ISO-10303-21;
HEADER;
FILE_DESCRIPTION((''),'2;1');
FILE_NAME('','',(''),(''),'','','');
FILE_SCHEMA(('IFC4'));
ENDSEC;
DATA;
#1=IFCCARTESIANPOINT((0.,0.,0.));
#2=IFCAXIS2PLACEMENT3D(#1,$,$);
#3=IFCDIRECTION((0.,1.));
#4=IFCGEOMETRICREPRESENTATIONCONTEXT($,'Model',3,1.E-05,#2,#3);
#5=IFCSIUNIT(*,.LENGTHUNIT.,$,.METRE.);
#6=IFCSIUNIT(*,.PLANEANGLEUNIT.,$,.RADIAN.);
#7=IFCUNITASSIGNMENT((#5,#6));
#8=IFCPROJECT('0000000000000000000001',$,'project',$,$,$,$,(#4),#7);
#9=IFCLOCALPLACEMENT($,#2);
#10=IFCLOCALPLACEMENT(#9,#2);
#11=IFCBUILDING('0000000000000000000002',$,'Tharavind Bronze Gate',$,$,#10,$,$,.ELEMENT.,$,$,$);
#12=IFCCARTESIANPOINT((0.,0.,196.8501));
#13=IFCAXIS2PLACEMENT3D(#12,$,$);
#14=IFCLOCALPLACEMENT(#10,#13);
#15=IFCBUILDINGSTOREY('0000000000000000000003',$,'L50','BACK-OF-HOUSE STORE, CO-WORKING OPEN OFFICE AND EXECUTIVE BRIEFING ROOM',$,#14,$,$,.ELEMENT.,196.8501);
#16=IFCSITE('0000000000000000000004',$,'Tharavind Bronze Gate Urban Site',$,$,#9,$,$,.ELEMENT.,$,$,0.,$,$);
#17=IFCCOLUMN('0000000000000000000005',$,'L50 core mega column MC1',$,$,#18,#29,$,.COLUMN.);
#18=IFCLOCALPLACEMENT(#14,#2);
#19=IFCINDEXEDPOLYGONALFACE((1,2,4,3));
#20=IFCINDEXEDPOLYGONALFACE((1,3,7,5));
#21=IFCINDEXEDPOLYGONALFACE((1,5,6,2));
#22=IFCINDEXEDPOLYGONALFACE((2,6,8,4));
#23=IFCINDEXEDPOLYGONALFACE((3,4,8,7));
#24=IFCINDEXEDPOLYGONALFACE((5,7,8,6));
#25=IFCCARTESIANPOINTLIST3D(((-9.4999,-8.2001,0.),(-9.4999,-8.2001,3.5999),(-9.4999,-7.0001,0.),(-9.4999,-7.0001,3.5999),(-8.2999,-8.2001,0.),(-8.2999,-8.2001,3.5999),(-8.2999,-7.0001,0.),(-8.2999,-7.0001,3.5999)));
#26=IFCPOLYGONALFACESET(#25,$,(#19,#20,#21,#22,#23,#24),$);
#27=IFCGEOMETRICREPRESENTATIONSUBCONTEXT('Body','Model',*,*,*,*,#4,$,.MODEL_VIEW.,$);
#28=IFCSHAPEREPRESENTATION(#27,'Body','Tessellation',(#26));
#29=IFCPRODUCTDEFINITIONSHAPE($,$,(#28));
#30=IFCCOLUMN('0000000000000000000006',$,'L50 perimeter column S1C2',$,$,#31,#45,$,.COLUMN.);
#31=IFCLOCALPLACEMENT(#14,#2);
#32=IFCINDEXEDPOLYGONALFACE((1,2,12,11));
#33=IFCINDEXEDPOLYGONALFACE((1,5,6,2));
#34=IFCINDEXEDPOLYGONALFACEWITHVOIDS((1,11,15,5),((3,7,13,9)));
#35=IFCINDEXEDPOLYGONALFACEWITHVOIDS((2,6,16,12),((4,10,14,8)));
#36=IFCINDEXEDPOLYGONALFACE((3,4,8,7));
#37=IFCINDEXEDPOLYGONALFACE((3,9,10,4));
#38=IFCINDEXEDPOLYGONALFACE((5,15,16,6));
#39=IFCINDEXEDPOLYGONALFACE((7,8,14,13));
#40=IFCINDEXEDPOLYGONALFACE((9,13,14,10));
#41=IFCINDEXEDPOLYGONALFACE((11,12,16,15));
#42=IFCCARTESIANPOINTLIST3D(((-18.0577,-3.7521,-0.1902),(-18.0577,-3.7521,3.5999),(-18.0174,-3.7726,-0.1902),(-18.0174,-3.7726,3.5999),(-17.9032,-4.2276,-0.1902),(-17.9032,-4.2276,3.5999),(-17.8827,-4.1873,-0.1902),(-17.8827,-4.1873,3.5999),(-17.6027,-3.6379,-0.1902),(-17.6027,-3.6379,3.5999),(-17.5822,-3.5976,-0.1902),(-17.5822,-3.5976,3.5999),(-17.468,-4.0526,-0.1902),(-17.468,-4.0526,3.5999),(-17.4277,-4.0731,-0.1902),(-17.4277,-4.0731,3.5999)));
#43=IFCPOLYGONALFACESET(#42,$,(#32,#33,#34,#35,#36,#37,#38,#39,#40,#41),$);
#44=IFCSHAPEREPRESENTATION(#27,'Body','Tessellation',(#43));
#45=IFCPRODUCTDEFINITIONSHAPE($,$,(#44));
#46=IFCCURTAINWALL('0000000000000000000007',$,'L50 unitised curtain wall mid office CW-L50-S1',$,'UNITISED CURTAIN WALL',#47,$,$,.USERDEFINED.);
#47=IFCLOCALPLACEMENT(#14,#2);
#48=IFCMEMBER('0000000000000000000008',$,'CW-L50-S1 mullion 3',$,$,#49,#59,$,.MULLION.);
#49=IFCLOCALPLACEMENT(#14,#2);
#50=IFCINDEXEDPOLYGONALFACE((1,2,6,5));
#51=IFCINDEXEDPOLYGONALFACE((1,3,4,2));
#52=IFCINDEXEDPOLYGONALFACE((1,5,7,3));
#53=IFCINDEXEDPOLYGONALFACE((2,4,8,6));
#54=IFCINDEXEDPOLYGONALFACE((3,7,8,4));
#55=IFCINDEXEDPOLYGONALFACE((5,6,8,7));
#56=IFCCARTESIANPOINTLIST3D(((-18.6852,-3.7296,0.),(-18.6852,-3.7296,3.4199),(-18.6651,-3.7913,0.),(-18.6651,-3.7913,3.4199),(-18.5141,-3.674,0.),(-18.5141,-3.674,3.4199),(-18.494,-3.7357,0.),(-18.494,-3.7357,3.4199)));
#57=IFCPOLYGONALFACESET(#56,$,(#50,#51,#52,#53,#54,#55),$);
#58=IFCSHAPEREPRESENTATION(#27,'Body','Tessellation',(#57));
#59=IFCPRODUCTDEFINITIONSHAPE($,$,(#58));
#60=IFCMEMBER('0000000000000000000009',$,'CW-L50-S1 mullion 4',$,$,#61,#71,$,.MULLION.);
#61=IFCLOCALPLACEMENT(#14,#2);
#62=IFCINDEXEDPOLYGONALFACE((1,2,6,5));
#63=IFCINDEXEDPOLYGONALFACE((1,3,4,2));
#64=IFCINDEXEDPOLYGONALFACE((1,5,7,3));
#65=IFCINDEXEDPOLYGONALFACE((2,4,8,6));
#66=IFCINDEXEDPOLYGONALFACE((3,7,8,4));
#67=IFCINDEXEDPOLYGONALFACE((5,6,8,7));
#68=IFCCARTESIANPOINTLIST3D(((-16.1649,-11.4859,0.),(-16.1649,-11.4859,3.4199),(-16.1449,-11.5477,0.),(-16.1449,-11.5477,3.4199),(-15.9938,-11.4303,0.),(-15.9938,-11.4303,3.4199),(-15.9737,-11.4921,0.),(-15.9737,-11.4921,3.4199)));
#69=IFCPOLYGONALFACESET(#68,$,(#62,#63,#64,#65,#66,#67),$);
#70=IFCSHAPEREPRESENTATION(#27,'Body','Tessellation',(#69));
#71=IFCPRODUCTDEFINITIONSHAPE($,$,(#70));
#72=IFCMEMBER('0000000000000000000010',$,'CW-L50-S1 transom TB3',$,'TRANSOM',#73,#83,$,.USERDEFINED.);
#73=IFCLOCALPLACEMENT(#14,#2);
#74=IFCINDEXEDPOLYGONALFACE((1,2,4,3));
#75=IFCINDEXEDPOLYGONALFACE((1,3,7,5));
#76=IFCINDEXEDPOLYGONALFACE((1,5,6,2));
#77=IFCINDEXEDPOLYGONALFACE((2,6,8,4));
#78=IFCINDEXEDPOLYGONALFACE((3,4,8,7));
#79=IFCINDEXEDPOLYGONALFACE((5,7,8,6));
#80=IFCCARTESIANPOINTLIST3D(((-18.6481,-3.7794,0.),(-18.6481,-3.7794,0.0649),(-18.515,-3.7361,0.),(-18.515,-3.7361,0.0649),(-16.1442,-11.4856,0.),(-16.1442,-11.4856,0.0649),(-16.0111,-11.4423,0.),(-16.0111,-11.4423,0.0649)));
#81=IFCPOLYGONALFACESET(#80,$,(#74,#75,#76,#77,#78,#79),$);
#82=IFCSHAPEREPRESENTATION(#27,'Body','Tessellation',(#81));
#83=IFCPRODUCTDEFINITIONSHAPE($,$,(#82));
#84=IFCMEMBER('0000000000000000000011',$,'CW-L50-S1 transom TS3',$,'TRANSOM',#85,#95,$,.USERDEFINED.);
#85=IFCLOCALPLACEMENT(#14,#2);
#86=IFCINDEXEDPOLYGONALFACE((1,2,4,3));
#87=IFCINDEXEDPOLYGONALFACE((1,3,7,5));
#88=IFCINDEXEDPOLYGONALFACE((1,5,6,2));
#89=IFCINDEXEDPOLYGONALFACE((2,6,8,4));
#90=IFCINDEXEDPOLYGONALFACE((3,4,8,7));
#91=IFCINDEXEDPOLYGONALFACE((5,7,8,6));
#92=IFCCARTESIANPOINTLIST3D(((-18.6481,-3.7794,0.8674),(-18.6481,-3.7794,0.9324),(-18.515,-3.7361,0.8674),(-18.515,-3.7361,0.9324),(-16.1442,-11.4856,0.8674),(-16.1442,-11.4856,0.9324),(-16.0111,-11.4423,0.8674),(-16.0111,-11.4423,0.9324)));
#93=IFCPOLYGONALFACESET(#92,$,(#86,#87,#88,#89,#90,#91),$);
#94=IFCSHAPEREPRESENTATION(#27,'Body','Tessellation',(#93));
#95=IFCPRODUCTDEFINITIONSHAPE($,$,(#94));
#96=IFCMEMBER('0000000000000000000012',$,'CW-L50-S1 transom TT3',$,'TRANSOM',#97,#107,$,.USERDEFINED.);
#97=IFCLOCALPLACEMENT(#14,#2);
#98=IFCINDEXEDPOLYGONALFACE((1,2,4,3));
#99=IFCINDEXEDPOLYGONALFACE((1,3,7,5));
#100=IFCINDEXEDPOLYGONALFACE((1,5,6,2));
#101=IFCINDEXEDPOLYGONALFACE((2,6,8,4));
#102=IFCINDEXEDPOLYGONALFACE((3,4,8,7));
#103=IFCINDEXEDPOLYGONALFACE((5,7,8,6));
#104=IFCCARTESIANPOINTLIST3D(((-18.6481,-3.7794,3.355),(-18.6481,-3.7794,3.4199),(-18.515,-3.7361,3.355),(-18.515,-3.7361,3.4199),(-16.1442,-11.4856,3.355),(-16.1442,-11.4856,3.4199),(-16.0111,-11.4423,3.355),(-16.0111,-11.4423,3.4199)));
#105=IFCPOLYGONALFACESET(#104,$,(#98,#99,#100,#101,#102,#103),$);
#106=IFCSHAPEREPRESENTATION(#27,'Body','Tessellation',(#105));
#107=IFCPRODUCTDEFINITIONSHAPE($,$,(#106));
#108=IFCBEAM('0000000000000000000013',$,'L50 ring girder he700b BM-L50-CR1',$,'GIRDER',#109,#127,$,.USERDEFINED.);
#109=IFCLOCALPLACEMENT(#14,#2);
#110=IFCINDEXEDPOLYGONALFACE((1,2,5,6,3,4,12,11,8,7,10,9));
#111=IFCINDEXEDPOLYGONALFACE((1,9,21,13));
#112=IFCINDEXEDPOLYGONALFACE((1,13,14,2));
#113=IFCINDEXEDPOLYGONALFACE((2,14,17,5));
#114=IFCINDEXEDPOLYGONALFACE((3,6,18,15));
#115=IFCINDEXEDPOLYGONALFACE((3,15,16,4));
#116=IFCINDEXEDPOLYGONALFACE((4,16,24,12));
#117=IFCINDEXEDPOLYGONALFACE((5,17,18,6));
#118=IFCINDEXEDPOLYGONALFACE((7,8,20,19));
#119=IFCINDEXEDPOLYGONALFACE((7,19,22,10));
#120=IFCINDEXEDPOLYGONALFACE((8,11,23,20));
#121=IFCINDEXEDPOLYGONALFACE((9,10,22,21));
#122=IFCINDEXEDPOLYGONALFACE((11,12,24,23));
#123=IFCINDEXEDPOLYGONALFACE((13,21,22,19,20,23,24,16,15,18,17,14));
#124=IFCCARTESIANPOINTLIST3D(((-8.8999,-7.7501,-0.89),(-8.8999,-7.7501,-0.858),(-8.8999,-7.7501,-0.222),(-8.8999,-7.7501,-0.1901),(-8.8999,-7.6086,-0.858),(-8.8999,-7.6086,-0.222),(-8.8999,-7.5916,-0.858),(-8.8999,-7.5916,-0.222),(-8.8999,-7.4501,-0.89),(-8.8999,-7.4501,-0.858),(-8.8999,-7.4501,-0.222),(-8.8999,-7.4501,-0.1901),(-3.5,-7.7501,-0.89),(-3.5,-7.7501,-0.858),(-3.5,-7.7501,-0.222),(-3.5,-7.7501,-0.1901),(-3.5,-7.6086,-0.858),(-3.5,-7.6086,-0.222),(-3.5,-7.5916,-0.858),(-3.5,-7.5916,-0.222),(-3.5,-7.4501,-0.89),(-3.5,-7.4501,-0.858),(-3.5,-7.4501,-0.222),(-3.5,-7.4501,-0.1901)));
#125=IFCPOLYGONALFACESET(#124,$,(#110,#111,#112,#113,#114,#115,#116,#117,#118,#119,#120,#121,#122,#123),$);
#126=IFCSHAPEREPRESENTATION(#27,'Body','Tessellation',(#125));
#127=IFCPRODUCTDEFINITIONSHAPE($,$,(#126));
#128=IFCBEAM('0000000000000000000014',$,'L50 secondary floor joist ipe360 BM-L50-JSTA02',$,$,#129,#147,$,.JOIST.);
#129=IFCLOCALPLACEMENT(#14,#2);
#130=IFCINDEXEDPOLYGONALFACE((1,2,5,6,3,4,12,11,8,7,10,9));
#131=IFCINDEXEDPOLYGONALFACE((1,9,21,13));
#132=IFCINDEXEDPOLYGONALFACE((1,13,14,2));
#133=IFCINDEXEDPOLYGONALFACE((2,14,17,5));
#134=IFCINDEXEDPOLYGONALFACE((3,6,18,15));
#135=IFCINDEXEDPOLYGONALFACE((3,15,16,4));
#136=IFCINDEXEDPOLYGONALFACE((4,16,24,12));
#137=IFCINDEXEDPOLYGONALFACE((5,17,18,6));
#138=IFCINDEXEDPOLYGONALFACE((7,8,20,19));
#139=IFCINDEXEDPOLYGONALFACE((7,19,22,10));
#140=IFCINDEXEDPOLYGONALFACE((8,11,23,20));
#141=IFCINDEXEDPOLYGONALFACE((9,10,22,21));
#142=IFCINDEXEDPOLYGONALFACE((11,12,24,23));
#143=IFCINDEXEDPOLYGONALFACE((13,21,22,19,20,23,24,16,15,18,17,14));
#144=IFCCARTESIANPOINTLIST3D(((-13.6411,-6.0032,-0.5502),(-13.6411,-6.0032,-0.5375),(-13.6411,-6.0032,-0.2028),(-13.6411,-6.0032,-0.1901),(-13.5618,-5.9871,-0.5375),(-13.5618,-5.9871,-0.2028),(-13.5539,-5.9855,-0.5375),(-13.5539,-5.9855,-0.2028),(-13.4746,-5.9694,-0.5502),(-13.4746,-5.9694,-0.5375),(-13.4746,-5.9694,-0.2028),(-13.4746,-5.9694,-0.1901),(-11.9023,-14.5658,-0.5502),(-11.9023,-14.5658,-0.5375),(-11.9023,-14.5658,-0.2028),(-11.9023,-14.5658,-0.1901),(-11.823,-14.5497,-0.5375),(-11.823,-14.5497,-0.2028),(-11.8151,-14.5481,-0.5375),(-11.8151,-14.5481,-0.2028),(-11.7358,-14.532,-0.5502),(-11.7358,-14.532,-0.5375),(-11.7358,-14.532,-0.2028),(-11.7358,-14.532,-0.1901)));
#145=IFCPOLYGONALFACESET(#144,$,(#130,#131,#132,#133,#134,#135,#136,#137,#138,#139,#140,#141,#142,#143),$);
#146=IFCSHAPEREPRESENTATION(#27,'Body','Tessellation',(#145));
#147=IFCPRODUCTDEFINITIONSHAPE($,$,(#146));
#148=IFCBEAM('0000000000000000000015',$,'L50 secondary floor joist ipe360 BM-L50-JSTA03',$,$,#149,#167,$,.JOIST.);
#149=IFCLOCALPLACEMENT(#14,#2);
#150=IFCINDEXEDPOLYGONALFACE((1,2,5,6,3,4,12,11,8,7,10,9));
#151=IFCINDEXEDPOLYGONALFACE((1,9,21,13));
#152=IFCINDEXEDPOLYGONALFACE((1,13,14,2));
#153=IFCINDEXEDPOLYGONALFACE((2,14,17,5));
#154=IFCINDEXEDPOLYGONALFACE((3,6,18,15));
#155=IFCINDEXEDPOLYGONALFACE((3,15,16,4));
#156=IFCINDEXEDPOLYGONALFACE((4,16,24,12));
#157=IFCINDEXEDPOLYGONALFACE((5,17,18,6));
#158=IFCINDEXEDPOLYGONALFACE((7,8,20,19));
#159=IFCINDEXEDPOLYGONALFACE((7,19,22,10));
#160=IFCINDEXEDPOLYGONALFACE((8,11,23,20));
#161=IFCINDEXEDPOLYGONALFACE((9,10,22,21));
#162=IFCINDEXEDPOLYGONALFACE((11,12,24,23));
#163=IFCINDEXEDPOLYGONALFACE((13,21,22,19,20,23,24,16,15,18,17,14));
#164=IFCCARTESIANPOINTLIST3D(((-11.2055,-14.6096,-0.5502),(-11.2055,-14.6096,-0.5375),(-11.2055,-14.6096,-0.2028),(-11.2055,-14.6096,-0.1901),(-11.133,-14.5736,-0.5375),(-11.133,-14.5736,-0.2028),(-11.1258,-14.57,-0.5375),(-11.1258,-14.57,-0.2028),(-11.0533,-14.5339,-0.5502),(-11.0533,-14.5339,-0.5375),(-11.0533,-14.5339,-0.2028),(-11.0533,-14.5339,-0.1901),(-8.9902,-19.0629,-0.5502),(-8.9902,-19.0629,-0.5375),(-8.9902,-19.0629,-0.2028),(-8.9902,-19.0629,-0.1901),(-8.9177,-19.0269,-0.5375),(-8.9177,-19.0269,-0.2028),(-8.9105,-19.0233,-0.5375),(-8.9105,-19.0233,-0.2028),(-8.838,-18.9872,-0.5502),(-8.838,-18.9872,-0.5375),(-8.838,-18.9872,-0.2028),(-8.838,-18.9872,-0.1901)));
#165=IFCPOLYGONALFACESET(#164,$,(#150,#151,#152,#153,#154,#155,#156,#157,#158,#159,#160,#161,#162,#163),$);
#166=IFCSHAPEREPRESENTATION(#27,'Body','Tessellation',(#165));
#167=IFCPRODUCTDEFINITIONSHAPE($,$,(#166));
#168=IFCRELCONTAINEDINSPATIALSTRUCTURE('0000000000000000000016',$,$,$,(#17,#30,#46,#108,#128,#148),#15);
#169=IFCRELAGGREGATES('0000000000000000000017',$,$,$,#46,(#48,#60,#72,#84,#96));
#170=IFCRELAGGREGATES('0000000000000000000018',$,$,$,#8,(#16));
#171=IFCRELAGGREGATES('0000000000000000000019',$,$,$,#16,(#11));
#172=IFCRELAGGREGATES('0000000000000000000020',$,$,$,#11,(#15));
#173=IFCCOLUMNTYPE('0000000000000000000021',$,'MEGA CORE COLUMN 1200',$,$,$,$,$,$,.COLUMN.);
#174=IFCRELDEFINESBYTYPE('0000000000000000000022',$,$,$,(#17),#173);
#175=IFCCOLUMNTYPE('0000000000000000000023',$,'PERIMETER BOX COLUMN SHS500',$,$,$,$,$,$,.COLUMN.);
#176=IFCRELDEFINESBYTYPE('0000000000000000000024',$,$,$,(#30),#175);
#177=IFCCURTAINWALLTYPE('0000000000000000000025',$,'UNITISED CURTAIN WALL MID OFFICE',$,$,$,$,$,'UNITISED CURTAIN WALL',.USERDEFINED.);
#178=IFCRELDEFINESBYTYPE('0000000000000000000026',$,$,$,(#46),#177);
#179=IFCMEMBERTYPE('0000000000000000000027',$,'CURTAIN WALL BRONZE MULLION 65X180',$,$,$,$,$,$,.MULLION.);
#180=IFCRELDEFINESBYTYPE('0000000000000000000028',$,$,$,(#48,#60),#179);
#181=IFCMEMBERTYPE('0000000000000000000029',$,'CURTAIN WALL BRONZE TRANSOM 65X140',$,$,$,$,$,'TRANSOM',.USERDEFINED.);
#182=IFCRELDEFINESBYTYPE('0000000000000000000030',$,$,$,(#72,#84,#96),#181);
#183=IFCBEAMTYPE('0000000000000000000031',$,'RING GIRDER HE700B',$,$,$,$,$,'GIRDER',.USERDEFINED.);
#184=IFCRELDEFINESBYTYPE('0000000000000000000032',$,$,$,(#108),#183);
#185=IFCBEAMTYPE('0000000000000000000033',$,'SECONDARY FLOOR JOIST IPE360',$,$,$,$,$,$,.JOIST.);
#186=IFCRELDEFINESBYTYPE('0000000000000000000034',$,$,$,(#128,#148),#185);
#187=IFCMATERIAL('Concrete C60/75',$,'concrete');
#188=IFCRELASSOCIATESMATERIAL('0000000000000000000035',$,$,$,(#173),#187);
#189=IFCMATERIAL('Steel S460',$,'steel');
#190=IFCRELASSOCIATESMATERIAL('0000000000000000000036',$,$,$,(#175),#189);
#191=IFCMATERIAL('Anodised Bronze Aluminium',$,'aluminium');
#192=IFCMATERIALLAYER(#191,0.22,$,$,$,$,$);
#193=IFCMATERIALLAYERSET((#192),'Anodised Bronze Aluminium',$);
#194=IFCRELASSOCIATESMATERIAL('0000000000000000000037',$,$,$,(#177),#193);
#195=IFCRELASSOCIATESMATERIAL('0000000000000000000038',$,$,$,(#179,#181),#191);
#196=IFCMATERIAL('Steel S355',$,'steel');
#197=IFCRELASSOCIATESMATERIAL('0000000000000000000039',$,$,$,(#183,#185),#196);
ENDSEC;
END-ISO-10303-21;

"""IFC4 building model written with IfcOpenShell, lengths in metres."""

from ifc_helpers import new_model, si_unit, direction, frame, origin, origin_2d, place, context, subcontext, project, spatial, rectangle, hollow_rectangle, i_section, extrude, material, layer, layer_set, material_profile, profile_set, type_object, element, aggregate, save


model = new_model("IFC4")

# Units and contexts
model_context = context("Model", 3, precision=1e-05, world=origin(), true_north=direction((0.0, 1.0)))
body_context = subcontext(model_context, "Body", "Model", "MODEL_VIEW")
ifc_project = project(units=[si_unit("LENGTHUNIT", "METRE"), si_unit("PLANEANGLEUNIT", "RADIAN")], contexts=[model_context])

# Site, building, storey
site_placement = place(None, origin())
site = spatial("IfcSite", under=ifc_project, at=site_placement, Name="Tharavind Bronze Gate Urban Site", CompositionType="ELEMENT", RefElevation=0.0)
building_placement = place(site_placement, origin())
building = spatial("IfcBuilding", under=site, at=building_placement, Name="Tharavind Bronze Gate", CompositionType="ELEMENT")
storey_placement = place(building_placement, frame((0.0, 0.0, 196.8501)))
storey = spatial("IfcBuildingStorey", under=building, at=storey_placement, Name="L50", Description="BACK-OF-HOUSE STORE, CO-WORKING OPEN OFFICE AND EXECUTIVE BRIEFING ROOM", CompositionType="ELEMENT", Elevation=196.8501)

# Columns
ifc_material_1 = material(Name="Concrete C60/75", Category="concrete")
ifc_material_profile_1 = material_profile(ifc_material_1, rectangle(XDim=1.2, YDim=1.2, at=origin_2d()), Name="RCCOL1200")
ifc_profile_set_1 = profile_set([ifc_material_profile_1], Name="Concrete C60/75")
column_type_1 = type_object("IfcColumnType", Name="MEGA CORE COLUMN 1200", PredefinedType="COLUMN", material=ifc_profile_set_1)
column_1_placement = place(storey_placement, frame((-8.8999, -7.6001, 0.0), z_axis=(0.0, 0.0, 1.0), x_axis=(1.0, 0.0, 0.0)))
element("IfcColumn", 1, at=column_1_placement, inside=storey, type_object=column_type_1, Name="L50 core mega column MC1", PredefinedType="COLUMN", context=body_context, shape_type="SweptSolid", body=[
    extrude(rectangle(XDim=1.2, YDim=1.2, at=origin_2d()), origin(), (0.0, 0.0, 1.0), 3.5999),
])
ifc_material_2 = material(Name="Steel S460", Category="steel")
ifc_material_profile_2 = material_profile(ifc_material_2, hollow_rectangle(XDim=0.5, YDim=0.5, WallThickness=0.032, at=origin_2d()), Name="SHS500X32")
ifc_profile_set_2 = profile_set([ifc_material_profile_2], Name="Steel S460")
column_type_2 = type_object("IfcColumnType", Name="PERIMETER BOX COLUMN SHS500", PredefinedType="COLUMN", material=ifc_profile_set_2)
column_2_placement = place(storey_placement, frame((-17.7427, -3.9126, -0.1902), z_axis=(0.0, 0.0, 1.0), x_axis=(-0.309017, 0.951057, 0.0)))
element("IfcColumn", 2, at=column_2_placement, inside=storey, type_object=column_type_2, Name="L50 perimeter column S1C2", PredefinedType="COLUMN", context=body_context, shape_type="SweptSolid", body=[
    extrude(hollow_rectangle(XDim=0.5, YDim=0.5, WallThickness=0.032, at=origin_2d()), origin(), (0.0, 0.0, 1.0), 3.79),
])

# Curtain wall, members
ifc_material_3 = material(Name="Anodised Bronze Aluminium", Category="aluminium")
ifc_layer_1 = layer(ifc_material_3, 0.22)
ifc_layer_set_1 = layer_set([ifc_layer_1], Name="Anodised Bronze Aluminium")
curtain_wall_type = type_object("IfcCurtainWallType", Name="UNITISED CURTAIN WALL MID OFFICE", ElementType="UNITISED CURTAIN WALL", PredefinedType="USERDEFINED", material=ifc_layer_set_1)
curtain_wall_placement = place(storey_placement, origin())
curtain_wall = element("IfcCurtainWall", 3, at=curtain_wall_placement, inside=storey, type_object=curtain_wall_type, Name="L50 unitised curtain wall mid office CW-L50-S1", ObjectType="UNITISED CURTAIN WALL", PredefinedType="USERDEFINED")
member_type_1 = type_object("IfcMemberType", Name="CURTAIN WALL BRONZE MULLION 65X180", PredefinedType="MULLION", material=ifc_material_3)
member_1_placement = place(storey_placement, frame((-18.5896, -3.7327, 0.0), z_axis=(0.0, 0.0, 1.0), x_axis=(0.309017, -0.951057, 0.0)))
member_1 = element("IfcMember", 4, at=member_1_placement, type_object=member_type_1, Name="CW-L50-S1 mullion 3", PredefinedType="MULLION", context=body_context, shape_type="SweptSolid", body=[
    extrude(rectangle(XDim=0.0649, YDim=0.1799, at=origin_2d()), origin(), (0.0, 0.0, 1.0), 3.4199),
])
member_2_placement = place(storey_placement, frame((-16.0693, -11.489, 0.0), z_axis=(0.0, 0.0, 1.0), x_axis=(0.309017, -0.951057, 0.0)))
member_2 = element("IfcMember", 5, at=member_2_placement, type_object=member_type_1, Name="CW-L50-S1 mullion 4", PredefinedType="MULLION", context=body_context, shape_type="SweptSolid", body=[
    extrude(rectangle(XDim=0.0649, YDim=0.1799, at=origin_2d()), origin(), (0.0, 0.0, 1.0), 3.4199),
])
member_type_2 = type_object("IfcMemberType", Name="CURTAIN WALL BRONZE TRANSOM 65X140", ElementType="TRANSOM", PredefinedType="USERDEFINED", material=ifc_material_3)
member_3_placement = place(storey_placement, frame((-17.3296, -7.6108, 0.0), z_axis=(0.0, 0.0, 1.0), x_axis=(0.309017, -0.951057, 0.0)))
member_3 = element("IfcMember", 6, at=member_3_placement, type_object=member_type_2, Name="CW-L50-S1 transom TB3", ObjectType="TRANSOM", PredefinedType="USERDEFINED", context=body_context, shape_type="SweptSolid", body=[
    extrude(rectangle(XDim=8.1028, YDim=0.1399, at=origin_2d()), origin(), (0.0, 0.0, 1.0), 0.0649),
])
member_4_placement = place(storey_placement, frame((-17.3296, -7.6108, 0.8674), z_axis=(0.0, 0.0, 1.0), x_axis=(0.309017, -0.951057, 0.0)))
member_4 = element("IfcMember", 7, at=member_4_placement, type_object=member_type_2, Name="CW-L50-S1 transom TS3", ObjectType="TRANSOM", PredefinedType="USERDEFINED", context=body_context, shape_type="SweptSolid", body=[
    extrude(rectangle(XDim=8.1028, YDim=0.1399, at=origin_2d()), origin(), (0.0, 0.0, 1.0), 0.0649),
])
member_5_placement = place(storey_placement, frame((-17.3296, -7.6108, 3.355), z_axis=(0.0, 0.0, 1.0), x_axis=(0.309017, -0.951057, 0.0)))
member_5 = element("IfcMember", 8, at=member_5_placement, type_object=member_type_2, Name="CW-L50-S1 transom TT3", ObjectType="TRANSOM", PredefinedType="USERDEFINED", context=body_context, shape_type="SweptSolid", body=[
    extrude(rectangle(XDim=8.1028, YDim=0.1399, at=origin_2d()), origin(), (0.0, 0.0, 1.0), 0.0649),
])

# Beams
ifc_material_4 = material(Name="Steel S355", Category="steel")
ifc_material_profile_3 = material_profile(ifc_material_4, i_section(OverallWidth=0.3, OverallDepth=0.7, WebThickness=0.0171, FlangeThickness=0.032, at=origin_2d()), Name="HE700B")
ifc_profile_set_3 = profile_set([ifc_material_profile_3], Name="Steel S355")
beam_type_1 = type_object("IfcBeamType", Name="RING GIRDER HE700B", ElementType="GIRDER", PredefinedType="USERDEFINED", material=ifc_profile_set_3)
beam_1_placement = place(storey_placement, frame((-8.8999, -7.6001, -0.54), z_axis=(1.0, 0.0, 0.0), x_axis=(0.0, 1.0, 0.0)))
element("IfcBeam", 9, at=beam_1_placement, inside=storey, type_object=beam_type_1, Name="L50 ring girder he700b BM-L50-CR1", ObjectType="GIRDER", PredefinedType="USERDEFINED", context=body_context, shape_type="SweptSolid", body=[
    extrude(i_section(OverallWidth=0.3, OverallDepth=0.7, WebThickness=0.0171, FlangeThickness=0.032, at=origin_2d()), origin(), (0.0, 0.0, 1.0), 5.3999),
])
ifc_material_profile_4 = material_profile(ifc_material_4, i_section(OverallWidth=0.1699, OverallDepth=0.3601, WebThickness=0.0081, FlangeThickness=0.0127, at=origin_2d()), Name="IPE360")
ifc_profile_set_4 = profile_set([ifc_material_profile_4], Name="Steel S355")
beam_type_2 = type_object("IfcBeamType", Name="SECONDARY FLOOR JOIST IPE360", PredefinedType="JOIST", material=ifc_profile_set_4)
beam_2_placement = place(storey_placement, frame((-13.5579, -5.9863, -0.3701), z_axis=(0.199006, -0.979998, 0.0), x_axis=(0.979998, 0.199006, 0.0)))
element("IfcBeam", 10, at=beam_2_placement, inside=storey, type_object=beam_type_2, Name="L50 secondary floor joist ipe360 BM-L50-JSTA02", PredefinedType="JOIST", context=body_context, shape_type="SweptSolid", body=[
    extrude(i_section(OverallWidth=0.1699, OverallDepth=0.3601, WebThickness=0.0081, FlangeThickness=0.0127, at=origin_2d()), origin(), (0.0, 0.0, 1.0), 8.7373),
])
beam_3_placement = place(storey_placement, frame((-11.1294, -14.5718, -0.3701), z_axis=(0.445387, -0.895338, 0.0), x_axis=(0.895338, 0.445387, 0.0)))
element("IfcBeam", 11, at=beam_3_placement, inside=storey, type_object=beam_type_2, Name="L50 secondary floor joist ipe360 BM-L50-JSTA03", PredefinedType="JOIST", context=body_context, shape_type="SweptSolid", body=[
    extrude(i_section(OverallWidth=0.1699, OverallDepth=0.3601, WebThickness=0.0081, FlangeThickness=0.0127, at=origin_2d()), origin(), (0.0, 0.0, 1.0), 4.9739),
])

aggregate(curtain_wall, [member_1, member_2, member_3, member_4, member_5])

save(model, "model.ifc")
